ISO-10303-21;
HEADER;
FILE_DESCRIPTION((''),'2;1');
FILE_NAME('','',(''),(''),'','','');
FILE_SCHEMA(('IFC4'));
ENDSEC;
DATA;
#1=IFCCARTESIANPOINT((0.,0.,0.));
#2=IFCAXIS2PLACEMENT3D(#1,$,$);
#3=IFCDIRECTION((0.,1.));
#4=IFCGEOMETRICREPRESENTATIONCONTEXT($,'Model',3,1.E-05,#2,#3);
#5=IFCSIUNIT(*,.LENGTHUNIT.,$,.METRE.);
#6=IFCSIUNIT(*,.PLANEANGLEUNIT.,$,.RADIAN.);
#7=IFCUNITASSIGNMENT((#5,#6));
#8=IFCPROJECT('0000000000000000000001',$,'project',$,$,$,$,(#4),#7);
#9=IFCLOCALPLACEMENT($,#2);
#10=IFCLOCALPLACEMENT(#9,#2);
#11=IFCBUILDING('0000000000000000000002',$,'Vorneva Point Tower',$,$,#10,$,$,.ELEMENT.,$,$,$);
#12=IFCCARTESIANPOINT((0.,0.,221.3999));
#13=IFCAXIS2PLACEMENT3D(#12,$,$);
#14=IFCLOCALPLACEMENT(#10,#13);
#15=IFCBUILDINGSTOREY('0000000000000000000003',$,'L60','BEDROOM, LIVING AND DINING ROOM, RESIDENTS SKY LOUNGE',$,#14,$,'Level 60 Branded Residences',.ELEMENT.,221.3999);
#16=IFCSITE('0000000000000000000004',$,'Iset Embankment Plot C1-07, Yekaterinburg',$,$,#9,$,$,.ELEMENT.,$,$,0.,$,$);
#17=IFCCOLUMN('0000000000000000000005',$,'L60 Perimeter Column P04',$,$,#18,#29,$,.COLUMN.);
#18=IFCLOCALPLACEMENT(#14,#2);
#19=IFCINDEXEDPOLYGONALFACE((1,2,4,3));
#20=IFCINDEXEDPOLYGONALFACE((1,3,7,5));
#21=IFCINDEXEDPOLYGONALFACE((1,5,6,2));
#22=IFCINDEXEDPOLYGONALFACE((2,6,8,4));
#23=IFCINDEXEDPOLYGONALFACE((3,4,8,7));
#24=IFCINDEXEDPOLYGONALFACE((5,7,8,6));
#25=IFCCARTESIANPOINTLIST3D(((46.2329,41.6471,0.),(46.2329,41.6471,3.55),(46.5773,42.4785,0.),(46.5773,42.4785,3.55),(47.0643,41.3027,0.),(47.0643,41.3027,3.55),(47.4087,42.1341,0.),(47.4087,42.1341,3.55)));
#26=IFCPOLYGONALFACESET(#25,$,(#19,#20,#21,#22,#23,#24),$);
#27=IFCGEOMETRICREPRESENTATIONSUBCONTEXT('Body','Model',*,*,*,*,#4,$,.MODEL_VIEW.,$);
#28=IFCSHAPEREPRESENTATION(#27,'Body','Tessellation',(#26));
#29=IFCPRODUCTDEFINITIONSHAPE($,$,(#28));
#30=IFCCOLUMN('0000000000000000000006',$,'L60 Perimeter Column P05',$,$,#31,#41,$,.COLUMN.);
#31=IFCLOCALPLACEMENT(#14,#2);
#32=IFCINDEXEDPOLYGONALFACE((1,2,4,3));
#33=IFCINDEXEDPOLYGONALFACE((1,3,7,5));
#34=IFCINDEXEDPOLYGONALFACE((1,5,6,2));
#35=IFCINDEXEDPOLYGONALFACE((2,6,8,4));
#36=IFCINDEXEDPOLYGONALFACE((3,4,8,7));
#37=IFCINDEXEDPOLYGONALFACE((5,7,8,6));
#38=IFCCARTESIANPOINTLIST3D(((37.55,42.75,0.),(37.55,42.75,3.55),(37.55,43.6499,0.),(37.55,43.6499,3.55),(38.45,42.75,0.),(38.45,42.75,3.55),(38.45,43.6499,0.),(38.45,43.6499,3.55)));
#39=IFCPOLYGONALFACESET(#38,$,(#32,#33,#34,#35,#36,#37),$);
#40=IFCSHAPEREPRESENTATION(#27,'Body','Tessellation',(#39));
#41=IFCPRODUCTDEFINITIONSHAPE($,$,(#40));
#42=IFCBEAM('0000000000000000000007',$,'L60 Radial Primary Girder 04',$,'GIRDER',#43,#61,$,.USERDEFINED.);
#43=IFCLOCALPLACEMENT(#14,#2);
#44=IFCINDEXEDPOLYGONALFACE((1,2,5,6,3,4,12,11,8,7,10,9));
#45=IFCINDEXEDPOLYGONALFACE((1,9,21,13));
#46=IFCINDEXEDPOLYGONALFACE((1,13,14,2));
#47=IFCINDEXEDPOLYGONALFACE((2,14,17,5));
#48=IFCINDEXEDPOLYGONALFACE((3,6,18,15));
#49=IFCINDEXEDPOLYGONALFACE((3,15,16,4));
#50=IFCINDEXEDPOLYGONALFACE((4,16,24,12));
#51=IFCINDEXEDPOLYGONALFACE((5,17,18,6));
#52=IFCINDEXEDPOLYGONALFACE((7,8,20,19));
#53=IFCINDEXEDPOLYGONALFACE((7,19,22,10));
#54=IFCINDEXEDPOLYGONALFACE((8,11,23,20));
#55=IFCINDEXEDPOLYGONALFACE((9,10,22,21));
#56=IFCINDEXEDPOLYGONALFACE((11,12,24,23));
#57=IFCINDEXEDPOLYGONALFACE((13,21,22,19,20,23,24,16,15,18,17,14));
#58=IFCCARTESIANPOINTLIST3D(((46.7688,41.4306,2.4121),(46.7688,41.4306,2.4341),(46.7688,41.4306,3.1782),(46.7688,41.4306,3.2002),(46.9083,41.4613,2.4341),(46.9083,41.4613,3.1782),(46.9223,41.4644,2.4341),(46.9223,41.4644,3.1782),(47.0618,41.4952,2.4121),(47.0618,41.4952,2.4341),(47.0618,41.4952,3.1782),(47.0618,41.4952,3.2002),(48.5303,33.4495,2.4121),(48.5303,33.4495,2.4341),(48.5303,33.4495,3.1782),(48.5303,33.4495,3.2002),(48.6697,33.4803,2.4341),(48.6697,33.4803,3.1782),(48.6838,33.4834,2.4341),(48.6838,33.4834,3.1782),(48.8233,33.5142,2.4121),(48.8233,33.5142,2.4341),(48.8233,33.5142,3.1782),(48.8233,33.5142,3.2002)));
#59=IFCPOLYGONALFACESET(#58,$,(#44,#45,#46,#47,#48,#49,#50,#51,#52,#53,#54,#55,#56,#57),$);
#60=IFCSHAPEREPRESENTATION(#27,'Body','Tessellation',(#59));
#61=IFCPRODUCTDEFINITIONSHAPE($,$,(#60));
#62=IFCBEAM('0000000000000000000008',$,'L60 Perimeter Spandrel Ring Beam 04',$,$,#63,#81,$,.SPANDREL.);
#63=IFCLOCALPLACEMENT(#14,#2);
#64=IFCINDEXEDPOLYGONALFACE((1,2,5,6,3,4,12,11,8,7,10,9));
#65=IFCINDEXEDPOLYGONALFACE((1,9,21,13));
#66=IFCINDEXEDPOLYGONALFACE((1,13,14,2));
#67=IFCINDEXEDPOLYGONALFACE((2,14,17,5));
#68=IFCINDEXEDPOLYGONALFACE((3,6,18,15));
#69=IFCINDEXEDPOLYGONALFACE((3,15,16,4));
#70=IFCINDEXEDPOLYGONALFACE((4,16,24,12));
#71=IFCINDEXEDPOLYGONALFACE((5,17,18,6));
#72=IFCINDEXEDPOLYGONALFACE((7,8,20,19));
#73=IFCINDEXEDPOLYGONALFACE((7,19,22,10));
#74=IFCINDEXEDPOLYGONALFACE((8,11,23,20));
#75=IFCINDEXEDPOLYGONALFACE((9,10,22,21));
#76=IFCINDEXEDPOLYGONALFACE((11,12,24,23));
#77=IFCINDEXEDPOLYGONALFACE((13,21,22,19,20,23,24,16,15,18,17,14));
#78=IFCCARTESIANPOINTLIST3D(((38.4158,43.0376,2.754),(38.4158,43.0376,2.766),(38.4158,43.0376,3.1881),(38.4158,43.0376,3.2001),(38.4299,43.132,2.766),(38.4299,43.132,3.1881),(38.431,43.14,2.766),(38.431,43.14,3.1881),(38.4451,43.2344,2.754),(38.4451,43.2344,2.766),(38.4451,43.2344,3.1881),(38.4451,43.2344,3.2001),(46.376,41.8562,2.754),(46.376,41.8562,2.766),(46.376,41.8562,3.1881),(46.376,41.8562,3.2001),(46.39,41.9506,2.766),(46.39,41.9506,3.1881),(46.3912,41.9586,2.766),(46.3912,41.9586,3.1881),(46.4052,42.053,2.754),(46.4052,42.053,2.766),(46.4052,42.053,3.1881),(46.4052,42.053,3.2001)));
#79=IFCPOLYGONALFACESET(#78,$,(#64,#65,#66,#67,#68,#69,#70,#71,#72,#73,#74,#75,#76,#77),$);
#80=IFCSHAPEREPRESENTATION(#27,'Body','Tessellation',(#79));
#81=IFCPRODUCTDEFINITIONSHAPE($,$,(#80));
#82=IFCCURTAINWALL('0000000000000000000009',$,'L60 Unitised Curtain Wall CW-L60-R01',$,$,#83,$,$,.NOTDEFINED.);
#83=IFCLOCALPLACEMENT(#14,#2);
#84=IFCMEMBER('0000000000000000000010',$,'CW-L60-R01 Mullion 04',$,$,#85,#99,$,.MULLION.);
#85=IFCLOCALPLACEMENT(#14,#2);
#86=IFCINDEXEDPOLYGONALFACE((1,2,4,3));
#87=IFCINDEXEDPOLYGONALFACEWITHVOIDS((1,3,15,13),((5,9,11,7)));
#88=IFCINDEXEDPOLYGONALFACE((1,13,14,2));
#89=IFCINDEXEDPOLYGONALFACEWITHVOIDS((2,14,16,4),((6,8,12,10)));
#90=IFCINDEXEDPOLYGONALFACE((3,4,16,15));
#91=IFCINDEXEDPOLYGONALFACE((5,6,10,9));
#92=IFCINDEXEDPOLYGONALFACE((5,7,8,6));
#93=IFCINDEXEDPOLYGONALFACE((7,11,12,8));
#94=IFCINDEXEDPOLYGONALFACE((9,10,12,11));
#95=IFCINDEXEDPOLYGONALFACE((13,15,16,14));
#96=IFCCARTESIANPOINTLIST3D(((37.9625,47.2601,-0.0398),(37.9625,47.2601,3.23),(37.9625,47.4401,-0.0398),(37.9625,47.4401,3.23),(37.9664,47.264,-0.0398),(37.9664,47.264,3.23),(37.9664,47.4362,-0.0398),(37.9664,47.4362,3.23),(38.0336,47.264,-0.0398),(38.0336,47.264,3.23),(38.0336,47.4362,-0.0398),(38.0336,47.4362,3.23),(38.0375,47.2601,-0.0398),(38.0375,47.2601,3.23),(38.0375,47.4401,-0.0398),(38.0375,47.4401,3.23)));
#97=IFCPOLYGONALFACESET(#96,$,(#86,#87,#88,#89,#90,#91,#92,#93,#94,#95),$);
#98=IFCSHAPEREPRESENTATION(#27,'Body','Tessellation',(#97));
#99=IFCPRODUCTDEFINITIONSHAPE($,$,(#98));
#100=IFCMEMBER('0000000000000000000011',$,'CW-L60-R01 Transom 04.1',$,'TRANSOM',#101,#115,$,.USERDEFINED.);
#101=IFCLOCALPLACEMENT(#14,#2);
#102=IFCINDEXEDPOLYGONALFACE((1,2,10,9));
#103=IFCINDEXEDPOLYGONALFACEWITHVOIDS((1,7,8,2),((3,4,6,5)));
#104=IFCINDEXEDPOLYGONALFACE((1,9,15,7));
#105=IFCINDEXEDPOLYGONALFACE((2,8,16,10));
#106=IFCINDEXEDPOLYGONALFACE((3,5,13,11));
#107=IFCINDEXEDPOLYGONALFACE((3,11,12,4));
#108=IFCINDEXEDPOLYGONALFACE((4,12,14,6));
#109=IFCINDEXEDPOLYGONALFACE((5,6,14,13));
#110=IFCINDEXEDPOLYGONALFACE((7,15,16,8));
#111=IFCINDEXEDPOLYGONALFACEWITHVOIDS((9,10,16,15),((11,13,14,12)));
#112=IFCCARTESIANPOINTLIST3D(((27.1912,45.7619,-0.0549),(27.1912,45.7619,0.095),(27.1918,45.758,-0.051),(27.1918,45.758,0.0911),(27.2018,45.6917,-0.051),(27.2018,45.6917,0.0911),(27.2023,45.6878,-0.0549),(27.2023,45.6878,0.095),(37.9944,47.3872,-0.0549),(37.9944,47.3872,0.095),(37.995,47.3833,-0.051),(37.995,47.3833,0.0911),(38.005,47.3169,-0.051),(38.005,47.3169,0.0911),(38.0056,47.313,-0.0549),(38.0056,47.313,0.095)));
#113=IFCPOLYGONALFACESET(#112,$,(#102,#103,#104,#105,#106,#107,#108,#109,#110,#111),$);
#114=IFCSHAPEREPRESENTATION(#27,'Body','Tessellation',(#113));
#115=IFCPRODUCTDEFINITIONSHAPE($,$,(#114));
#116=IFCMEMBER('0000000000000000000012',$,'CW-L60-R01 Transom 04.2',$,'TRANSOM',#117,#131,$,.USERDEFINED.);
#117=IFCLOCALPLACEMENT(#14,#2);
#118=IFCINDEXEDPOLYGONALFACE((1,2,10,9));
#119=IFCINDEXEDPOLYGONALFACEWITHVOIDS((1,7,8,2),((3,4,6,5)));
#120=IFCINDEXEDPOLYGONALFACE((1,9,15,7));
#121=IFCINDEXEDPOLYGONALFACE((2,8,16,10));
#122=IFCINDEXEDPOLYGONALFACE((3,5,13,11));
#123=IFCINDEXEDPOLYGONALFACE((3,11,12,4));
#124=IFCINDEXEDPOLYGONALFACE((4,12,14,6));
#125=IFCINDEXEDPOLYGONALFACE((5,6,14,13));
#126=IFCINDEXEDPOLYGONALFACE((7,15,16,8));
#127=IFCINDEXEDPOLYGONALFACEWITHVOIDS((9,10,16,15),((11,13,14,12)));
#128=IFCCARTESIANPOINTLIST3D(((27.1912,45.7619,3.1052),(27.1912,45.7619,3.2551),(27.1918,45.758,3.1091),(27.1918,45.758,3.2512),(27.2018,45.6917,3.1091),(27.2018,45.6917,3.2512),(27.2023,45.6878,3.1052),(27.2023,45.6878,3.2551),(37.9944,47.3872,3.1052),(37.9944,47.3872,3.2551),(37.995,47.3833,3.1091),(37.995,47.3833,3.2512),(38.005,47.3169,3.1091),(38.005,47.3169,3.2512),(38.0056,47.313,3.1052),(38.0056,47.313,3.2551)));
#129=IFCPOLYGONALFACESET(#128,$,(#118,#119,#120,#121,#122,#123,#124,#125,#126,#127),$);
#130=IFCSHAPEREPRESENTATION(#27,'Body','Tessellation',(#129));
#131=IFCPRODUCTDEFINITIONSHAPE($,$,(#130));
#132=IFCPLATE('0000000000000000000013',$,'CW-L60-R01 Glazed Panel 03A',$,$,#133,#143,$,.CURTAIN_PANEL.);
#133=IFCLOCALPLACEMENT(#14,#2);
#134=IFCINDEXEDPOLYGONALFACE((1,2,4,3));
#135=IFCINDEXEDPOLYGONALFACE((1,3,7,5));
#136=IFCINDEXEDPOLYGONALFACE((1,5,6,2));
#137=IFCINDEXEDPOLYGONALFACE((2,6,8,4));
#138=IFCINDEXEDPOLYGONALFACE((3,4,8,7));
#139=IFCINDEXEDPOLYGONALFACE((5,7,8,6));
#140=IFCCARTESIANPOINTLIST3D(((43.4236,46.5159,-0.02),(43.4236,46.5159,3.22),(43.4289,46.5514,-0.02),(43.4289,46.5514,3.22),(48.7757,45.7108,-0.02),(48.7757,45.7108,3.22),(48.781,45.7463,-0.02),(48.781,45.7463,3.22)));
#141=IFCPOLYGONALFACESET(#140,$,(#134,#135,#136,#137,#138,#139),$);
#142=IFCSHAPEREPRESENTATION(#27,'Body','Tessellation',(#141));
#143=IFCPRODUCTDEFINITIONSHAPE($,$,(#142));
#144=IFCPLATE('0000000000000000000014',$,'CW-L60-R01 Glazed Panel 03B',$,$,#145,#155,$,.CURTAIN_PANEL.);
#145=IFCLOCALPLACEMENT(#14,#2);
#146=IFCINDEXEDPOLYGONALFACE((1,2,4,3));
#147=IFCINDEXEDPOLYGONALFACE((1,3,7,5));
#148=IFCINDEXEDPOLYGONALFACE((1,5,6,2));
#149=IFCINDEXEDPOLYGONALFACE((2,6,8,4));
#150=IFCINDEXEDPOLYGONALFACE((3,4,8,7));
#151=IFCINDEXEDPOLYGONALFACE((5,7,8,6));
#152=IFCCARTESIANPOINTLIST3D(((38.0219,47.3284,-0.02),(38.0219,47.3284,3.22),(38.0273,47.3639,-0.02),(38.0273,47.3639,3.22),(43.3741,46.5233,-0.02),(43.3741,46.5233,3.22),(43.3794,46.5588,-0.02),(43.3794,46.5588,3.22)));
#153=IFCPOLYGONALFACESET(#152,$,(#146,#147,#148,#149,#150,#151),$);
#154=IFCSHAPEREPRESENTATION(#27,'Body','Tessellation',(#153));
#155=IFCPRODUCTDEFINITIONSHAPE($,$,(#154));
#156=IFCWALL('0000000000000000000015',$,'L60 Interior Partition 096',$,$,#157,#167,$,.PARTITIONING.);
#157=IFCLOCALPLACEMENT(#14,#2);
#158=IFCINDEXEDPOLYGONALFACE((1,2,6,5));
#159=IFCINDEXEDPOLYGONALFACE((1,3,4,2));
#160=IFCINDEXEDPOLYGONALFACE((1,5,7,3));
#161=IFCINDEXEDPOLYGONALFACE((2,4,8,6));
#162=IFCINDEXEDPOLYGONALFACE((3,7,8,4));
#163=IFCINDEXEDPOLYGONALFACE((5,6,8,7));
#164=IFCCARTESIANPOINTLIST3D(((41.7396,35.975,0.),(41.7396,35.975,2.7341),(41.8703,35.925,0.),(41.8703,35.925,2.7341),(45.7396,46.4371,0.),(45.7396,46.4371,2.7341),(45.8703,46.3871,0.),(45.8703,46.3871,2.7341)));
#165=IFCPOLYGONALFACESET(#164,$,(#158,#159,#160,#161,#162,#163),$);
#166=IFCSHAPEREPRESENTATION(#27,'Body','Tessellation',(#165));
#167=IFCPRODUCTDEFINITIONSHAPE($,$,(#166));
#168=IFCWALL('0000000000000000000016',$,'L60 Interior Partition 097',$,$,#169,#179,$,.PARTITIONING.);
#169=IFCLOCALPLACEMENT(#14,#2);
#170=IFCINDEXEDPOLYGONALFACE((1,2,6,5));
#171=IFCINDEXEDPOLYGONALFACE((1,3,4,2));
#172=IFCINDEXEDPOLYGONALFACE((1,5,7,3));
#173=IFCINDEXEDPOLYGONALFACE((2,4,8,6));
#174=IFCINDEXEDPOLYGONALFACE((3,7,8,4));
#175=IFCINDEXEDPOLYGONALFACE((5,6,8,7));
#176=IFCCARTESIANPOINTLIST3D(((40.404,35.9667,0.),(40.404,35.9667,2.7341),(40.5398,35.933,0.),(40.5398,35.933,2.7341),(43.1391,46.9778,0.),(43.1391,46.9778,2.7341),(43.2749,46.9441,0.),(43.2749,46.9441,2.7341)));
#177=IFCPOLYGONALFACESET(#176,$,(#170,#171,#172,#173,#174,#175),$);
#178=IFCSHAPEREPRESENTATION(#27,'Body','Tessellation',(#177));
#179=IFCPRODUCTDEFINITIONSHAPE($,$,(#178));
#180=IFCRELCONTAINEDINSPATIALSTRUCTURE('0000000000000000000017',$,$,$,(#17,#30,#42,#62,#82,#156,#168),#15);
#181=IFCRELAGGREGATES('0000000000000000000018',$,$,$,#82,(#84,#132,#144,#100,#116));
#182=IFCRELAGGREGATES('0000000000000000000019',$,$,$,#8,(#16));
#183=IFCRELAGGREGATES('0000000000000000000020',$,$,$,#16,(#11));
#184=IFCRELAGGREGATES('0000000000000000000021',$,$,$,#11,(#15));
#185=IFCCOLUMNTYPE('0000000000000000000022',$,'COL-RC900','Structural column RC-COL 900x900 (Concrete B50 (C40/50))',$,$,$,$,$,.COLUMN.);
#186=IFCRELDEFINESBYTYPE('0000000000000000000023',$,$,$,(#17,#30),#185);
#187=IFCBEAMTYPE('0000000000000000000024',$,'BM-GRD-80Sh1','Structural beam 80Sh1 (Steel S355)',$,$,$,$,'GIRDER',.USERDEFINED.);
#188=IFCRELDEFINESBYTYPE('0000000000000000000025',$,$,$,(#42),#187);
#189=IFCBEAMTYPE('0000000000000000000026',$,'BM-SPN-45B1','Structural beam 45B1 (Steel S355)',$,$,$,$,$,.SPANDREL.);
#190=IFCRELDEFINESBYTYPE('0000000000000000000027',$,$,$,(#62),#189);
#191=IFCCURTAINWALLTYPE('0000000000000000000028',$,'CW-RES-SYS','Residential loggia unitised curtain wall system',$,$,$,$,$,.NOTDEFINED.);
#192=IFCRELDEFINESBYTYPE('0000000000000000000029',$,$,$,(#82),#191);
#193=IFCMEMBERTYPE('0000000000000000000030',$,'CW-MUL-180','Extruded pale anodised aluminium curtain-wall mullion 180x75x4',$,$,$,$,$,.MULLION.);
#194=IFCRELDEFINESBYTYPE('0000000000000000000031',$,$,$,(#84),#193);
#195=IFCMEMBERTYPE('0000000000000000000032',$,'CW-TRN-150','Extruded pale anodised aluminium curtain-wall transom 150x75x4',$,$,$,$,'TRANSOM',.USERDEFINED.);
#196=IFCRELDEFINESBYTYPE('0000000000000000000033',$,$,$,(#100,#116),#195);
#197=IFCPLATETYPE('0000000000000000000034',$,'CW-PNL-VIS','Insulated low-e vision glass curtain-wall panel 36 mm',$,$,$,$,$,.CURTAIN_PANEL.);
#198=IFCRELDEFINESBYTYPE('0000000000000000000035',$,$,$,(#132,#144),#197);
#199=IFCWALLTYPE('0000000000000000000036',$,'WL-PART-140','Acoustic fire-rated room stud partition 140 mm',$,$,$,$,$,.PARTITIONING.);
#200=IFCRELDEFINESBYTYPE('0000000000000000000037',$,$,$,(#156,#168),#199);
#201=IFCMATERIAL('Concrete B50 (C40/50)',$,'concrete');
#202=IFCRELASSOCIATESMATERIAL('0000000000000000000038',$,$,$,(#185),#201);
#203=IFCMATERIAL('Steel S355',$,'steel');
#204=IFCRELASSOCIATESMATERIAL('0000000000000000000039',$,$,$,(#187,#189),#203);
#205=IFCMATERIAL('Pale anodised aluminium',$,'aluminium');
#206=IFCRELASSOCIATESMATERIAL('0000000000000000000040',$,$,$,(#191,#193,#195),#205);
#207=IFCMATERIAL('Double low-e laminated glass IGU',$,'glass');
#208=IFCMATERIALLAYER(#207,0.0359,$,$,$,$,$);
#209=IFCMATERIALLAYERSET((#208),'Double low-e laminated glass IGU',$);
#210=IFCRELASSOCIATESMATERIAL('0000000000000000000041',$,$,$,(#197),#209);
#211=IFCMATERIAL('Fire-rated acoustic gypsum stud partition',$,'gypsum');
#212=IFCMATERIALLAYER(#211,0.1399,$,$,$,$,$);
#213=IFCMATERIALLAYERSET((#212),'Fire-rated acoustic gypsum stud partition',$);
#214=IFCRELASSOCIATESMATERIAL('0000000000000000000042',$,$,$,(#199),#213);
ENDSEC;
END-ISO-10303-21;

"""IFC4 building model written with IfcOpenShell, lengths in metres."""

from ifc_helpers import new_model, si_unit, direction, frame, frame_2d, origin, origin_2d, place, context, subcontext, project, spatial, rectangle, hollow_rectangle, i_section, extrude, material, layer, layer_set, material_profile, profile_set, type_object, element, aggregate, save


model = new_model("IFC4")

# Units and contexts
model_context = context("Model", 3, precision=1e-05, world=origin(), true_north=direction((0.0, 1.0)))
body_context = subcontext(model_context, "Body", "Model", "MODEL_VIEW")
ifc_project = project(units=[si_unit("LENGTHUNIT", "METRE"), si_unit("PLANEANGLEUNIT", "RADIAN")], contexts=[model_context])

# Site, building, storey
site_placement = place(None, origin())
site = spatial("IfcSite", under=ifc_project, at=site_placement, Name="Iset Embankment Plot C1-07, Yekaterinburg", CompositionType="ELEMENT", RefElevation=0.0)
building_placement = place(site_placement, origin())
building = spatial("IfcBuilding", under=site, at=building_placement, Name="Vorneva Point Tower", CompositionType="ELEMENT")
storey_placement = place(building_placement, frame((0.0, 0.0, 221.3999)))
storey = spatial("IfcBuildingStorey", under=building, at=storey_placement, Name="L60", Description="BEDROOM, LIVING AND DINING ROOM, RESIDENTS SKY LOUNGE", LongName="Level 60 Branded Residences", CompositionType="ELEMENT", Elevation=221.3999)

# Columns
ifc_material_1 = material(Name="Concrete B50 (C40/50)", Category="concrete")
ifc_material_profile_1 = material_profile(ifc_material_1, rectangle(XDim=0.8999, YDim=0.8999, at=origin_2d()), Name="RC-COL 900x900")
ifc_profile_set_1 = profile_set([ifc_material_profile_1], Name="Concrete B50 (C40/50)")
column_type = type_object("IfcColumnType", Name="COL-RC900", Description="Structural column RC-COL 900x900 (Concrete B50 (C40/50))", PredefinedType="COLUMN", material=ifc_profile_set_1)
for number, where, z_axis, x_axis, name in (
    (1, (46.8208, 41.8906, 0.0), (0.0, 0.0, 1.0), (0.382683, 0.92388, 0.0), "L60 Perimeter Column P04"),
    (2, (38.0, 43.2, 0.0), (0.0, 0.0, 1.0), (0.0, 1.0, 0.0), "L60 Perimeter Column P05"),
):
    element("IfcColumn", number, at=place(storey_placement, frame(where, z_axis=z_axis, x_axis=x_axis)), inside=storey, type_object=column_type, Name=name, PredefinedType="COLUMN", context=body_context, shape_type="SweptSolid", body=[
        extrude(rectangle(XDim=0.8999, YDim=0.8999, at=origin_2d()), origin(), (0.0, 0.0, 1.0), 3.55),
    ])

# Beams
ifc_material_2 = material(Name="Steel S355", Category="steel")
ifc_material_profile_2 = material_profile(ifc_material_2, i_section(OverallWidth=0.3, OverallDepth=0.7881, WebThickness=0.0144, FlangeThickness=0.022, at=origin_2d()), Name="80Sh1")
ifc_profile_set_2 = profile_set([ifc_material_profile_2], Name="Steel S355")
beam_type_1 = type_object("IfcBeamType", Name="BM-GRD-80Sh1", Description="Structural beam 80Sh1 (Steel S355)", ElementType="GIRDER", PredefinedType="USERDEFINED", material=ifc_profile_set_2)
beam_1_placement = place(storey_placement, frame((46.9153, 41.4629, 2.8062), z_axis=(0.215523, -0.976499, 0.0), x_axis=(0.976499, 0.215523, 0.0)))
element("IfcBeam", 3, at=beam_1_placement, inside=storey, type_object=beam_type_1, Name="L60 Radial Primary Girder 04", ObjectType="GIRDER", PredefinedType="USERDEFINED", context=body_context, shape_type="SweptSolid", body=[
    extrude(i_section(OverallWidth=0.3, OverallDepth=0.7881, WebThickness=0.0144, FlangeThickness=0.022, at=origin_2d()), origin(), (0.0, 0.0, 1.0), 8.1731),
])
ifc_material_profile_3 = material_profile(ifc_material_2, i_section(OverallWidth=0.199, OverallDepth=0.446, WebThickness=0.0081, FlangeThickness=0.012, at=origin_2d()), Name="45B1")
ifc_profile_set_3 = profile_set([ifc_material_profile_3], Name="Steel S355")
beam_type_2 = type_object("IfcBeamType", Name="BM-SPN-45B1", Description="Structural beam 45B1 (Steel S355)", PredefinedType="SPANDREL", material=ifc_profile_set_3)
beam_2_placement = place(storey_placement, frame((46.3906, 41.9546, 2.9771), z_axis=(-0.989165, 0.146805, 0.0), x_axis=(-0.146805, -0.989165, 0.0)))
element("IfcBeam", 4, at=beam_2_placement, inside=storey, type_object=beam_type_2, Name="L60 Perimeter Spandrel Ring Beam 04", PredefinedType="SPANDREL", context=body_context, shape_type="SweptSolid", body=[
    extrude(i_section(OverallWidth=0.199, OverallDepth=0.446, WebThickness=0.0081, FlangeThickness=0.012, at=origin_2d()), origin(), (0.0, 0.0, 1.0), 8.0474),
])

# Curtain wall, members, plates
ifc_material_3 = material(Name="Pale anodised aluminium", Category="aluminium")
curtain_wall_type = type_object("IfcCurtainWallType", Name="CW-RES-SYS", Description="Residential loggia unitised curtain wall system", PredefinedType="NOTDEFINED", material=ifc_material_3)
curtain_wall_placement = place(storey_placement, origin())
curtain_wall = element("IfcCurtainWall", 5, at=curtain_wall_placement, inside=storey, type_object=curtain_wall_type, Name="L60 Unitised Curtain Wall CW-L60-R01", PredefinedType="NOTDEFINED")
ifc_material_profile_4 = material_profile(ifc_material_3, hollow_rectangle(XDim=0.075, YDim=0.1799, WallThickness=0.0039, at=origin_2d()), Name="AL-MUL 180x75x4")
ifc_profile_set_4 = profile_set([ifc_material_profile_4], Name="Pale anodised aluminium")
member_type_1 = type_object("IfcMemberType", Name="CW-MUL-180", Description="Extruded pale anodised aluminium curtain-wall mullion 180x75x4", PredefinedType="MULLION", material=ifc_profile_set_4)
member_1_placement = place(storey_placement, frame((38.0, 47.3501, -0.0398), z_axis=(0.0, 0.0, 1.0), x_axis=(1.0, 0.0, 0.0)))
member_1 = element("IfcMember", 6, at=member_1_placement, type_object=member_type_1, Name="CW-L60-R01 Mullion 04", PredefinedType="MULLION", context=body_context, shape_type="SweptSolid", body=[
    extrude(hollow_rectangle(XDim=0.075, YDim=0.1799, WallThickness=0.0039, at=origin_2d()), origin(), (0.0, 0.0, 1.0), 3.2698),
])
ifc_material_profile_5 = material_profile(ifc_material_3, hollow_rectangle(XDim=0.075, YDim=0.1499, WallThickness=0.0039, at=origin_2d()), Name="AL-TRN 150x75x4")
ifc_profile_set_5 = profile_set([ifc_material_profile_5], Name="Pale anodised aluminium")
member_type_2 = type_object("IfcMemberType", Name="CW-TRN-150", Description="Extruded pale anodised aluminium curtain-wall transom 150x75x4", ElementType="TRANSOM", PredefinedType="USERDEFINED", material=ifc_profile_set_5)
member_2_placement = place(storey_placement, frame((38.0, 47.3501, 0.02), z_axis=(-0.988872, -0.148767, 0.0), x_axis=(0.148767, -0.988872, 0.0)))
member_2 = element("IfcMember", 7, at=member_2_placement, type_object=member_type_2, Name="CW-L60-R01 Transom 04.1", ObjectType="TRANSOM", PredefinedType="USERDEFINED", context=body_context, shape_type="SweptSolid", body=[
    extrude(hollow_rectangle(XDim=0.075, YDim=0.1499, WallThickness=0.0039, at=origin_2d()), origin(), (0.0, 0.0, 1.0), 10.9248),
])
member_3_placement = place(storey_placement, frame((38.0, 47.3501, 3.1802), z_axis=(-0.988872, -0.148767, 0.0), x_axis=(0.148767, -0.988872, 0.0)))
member_3 = element("IfcMember", 8, at=member_3_placement, type_object=member_type_2, Name="CW-L60-R01 Transom 04.2", ObjectType="TRANSOM", PredefinedType="USERDEFINED", context=body_context, shape_type="SweptSolid", body=[
    extrude(hollow_rectangle(XDim=0.075, YDim=0.1499, WallThickness=0.0039, at=origin_2d()), origin(), (0.0, 0.0, 1.0), 10.9248),
])
ifc_material_4 = material(Name="Double low-e laminated glass IGU", Category="glass")
ifc_layer_1 = layer(ifc_material_4, 0.0359)
ifc_layer_set_1 = layer_set([ifc_layer_1], Name="Double low-e laminated glass IGU")
plate_type = type_object("IfcPlateType", Name="CW-PNL-VIS", Description="Insulated low-e vision glass curtain-wall panel 36 mm", PredefinedType="CURTAIN_PANEL", material=ifc_layer_set_1)
plate_1_placement = place(storey_placement, frame((46.1023, 46.1311, -0.02), z_axis=(0.0, 0.0, 1.0), x_axis=(-0.988874, 0.148759, 0.0)))
plate_1 = element("IfcPlate", 9, at=plate_1_placement, type_object=plate_type, Name="CW-L60-R01 Glazed Panel 03A", PredefinedType="CURTAIN_PANEL", context=body_context, shape_type="SweptSolid", body=[
    extrude(rectangle(XDim=5.4124, YDim=0.0359, at=origin_2d()), origin(), (0.0, 0.0, 1.0), 3.24),
])
plate_2_placement = place(storey_placement, frame((40.7007, 46.9436, -0.02), z_axis=(0.0, 0.0, 1.0), x_axis=(-0.988874, 0.148759, 0.0)))
plate_2 = element("IfcPlate", 10, at=plate_2_placement, type_object=plate_type, Name="CW-L60-R01 Glazed Panel 03B", PredefinedType="CURTAIN_PANEL", context=body_context, shape_type="SweptSolid", body=[
    extrude(rectangle(XDim=5.4124, YDim=0.0359, at=origin_2d()), origin(), (0.0, 0.0, 1.0), 3.24),
])
aggregate(curtain_wall, [member_1, plate_1, plate_2, member_2, member_3])

# Walls
ifc_material_5 = material(Name="Fire-rated acoustic gypsum stud partition", Category="gypsum")
ifc_layer_2 = layer(ifc_material_5, 0.1399)
ifc_layer_set_2 = layer_set([ifc_layer_2], Name="Fire-rated acoustic gypsum stud partition")
wall_type_1 = type_object("IfcWallType", Name="WL-PART-140", Description="Acoustic fire-rated room stud partition 140 mm", PredefinedType="PARTITIONING", material=ifc_layer_set_2)
wall_1_placement = place(storey_placement, frame((45.8049, 46.4121, 0.0), z_axis=(0.0, 0.0, 1.0), x_axis=(-0.357119, -0.934059, 0.0)))
element("IfcWall", 11, at=wall_1_placement, inside=storey, type_object=wall_type_1, Name="L60 Interior Partition 096", PredefinedType="PARTITIONING", context=body_context, shape_type="SweptSolid", body=[
    extrude(rectangle(XDim=11.2007, YDim=0.1399, at=frame_2d((5.6003, 0.0))), origin(), (0.0, 0.0, 1.0), 2.7341),
])
wall_2_placement = place(storey_placement, frame((43.207, 46.9609, 0.0), z_axis=(0.0, 0.0, 1.0), x_axis=(-0.241072, -0.970507, 0.0)))
element("IfcWall", 12, at=wall_2_placement, inside=storey, type_object=wall_type_1, Name="L60 Interior Partition 097", PredefinedType="PARTITIONING", context=body_context, shape_type="SweptSolid", body=[
    extrude(rectangle(XDim=11.3457, YDim=0.1399, at=frame_2d((5.6729, 0.0))), origin(), (0.0, 0.0, 1.0), 2.7341),
])

save(model, "model.ifc")
